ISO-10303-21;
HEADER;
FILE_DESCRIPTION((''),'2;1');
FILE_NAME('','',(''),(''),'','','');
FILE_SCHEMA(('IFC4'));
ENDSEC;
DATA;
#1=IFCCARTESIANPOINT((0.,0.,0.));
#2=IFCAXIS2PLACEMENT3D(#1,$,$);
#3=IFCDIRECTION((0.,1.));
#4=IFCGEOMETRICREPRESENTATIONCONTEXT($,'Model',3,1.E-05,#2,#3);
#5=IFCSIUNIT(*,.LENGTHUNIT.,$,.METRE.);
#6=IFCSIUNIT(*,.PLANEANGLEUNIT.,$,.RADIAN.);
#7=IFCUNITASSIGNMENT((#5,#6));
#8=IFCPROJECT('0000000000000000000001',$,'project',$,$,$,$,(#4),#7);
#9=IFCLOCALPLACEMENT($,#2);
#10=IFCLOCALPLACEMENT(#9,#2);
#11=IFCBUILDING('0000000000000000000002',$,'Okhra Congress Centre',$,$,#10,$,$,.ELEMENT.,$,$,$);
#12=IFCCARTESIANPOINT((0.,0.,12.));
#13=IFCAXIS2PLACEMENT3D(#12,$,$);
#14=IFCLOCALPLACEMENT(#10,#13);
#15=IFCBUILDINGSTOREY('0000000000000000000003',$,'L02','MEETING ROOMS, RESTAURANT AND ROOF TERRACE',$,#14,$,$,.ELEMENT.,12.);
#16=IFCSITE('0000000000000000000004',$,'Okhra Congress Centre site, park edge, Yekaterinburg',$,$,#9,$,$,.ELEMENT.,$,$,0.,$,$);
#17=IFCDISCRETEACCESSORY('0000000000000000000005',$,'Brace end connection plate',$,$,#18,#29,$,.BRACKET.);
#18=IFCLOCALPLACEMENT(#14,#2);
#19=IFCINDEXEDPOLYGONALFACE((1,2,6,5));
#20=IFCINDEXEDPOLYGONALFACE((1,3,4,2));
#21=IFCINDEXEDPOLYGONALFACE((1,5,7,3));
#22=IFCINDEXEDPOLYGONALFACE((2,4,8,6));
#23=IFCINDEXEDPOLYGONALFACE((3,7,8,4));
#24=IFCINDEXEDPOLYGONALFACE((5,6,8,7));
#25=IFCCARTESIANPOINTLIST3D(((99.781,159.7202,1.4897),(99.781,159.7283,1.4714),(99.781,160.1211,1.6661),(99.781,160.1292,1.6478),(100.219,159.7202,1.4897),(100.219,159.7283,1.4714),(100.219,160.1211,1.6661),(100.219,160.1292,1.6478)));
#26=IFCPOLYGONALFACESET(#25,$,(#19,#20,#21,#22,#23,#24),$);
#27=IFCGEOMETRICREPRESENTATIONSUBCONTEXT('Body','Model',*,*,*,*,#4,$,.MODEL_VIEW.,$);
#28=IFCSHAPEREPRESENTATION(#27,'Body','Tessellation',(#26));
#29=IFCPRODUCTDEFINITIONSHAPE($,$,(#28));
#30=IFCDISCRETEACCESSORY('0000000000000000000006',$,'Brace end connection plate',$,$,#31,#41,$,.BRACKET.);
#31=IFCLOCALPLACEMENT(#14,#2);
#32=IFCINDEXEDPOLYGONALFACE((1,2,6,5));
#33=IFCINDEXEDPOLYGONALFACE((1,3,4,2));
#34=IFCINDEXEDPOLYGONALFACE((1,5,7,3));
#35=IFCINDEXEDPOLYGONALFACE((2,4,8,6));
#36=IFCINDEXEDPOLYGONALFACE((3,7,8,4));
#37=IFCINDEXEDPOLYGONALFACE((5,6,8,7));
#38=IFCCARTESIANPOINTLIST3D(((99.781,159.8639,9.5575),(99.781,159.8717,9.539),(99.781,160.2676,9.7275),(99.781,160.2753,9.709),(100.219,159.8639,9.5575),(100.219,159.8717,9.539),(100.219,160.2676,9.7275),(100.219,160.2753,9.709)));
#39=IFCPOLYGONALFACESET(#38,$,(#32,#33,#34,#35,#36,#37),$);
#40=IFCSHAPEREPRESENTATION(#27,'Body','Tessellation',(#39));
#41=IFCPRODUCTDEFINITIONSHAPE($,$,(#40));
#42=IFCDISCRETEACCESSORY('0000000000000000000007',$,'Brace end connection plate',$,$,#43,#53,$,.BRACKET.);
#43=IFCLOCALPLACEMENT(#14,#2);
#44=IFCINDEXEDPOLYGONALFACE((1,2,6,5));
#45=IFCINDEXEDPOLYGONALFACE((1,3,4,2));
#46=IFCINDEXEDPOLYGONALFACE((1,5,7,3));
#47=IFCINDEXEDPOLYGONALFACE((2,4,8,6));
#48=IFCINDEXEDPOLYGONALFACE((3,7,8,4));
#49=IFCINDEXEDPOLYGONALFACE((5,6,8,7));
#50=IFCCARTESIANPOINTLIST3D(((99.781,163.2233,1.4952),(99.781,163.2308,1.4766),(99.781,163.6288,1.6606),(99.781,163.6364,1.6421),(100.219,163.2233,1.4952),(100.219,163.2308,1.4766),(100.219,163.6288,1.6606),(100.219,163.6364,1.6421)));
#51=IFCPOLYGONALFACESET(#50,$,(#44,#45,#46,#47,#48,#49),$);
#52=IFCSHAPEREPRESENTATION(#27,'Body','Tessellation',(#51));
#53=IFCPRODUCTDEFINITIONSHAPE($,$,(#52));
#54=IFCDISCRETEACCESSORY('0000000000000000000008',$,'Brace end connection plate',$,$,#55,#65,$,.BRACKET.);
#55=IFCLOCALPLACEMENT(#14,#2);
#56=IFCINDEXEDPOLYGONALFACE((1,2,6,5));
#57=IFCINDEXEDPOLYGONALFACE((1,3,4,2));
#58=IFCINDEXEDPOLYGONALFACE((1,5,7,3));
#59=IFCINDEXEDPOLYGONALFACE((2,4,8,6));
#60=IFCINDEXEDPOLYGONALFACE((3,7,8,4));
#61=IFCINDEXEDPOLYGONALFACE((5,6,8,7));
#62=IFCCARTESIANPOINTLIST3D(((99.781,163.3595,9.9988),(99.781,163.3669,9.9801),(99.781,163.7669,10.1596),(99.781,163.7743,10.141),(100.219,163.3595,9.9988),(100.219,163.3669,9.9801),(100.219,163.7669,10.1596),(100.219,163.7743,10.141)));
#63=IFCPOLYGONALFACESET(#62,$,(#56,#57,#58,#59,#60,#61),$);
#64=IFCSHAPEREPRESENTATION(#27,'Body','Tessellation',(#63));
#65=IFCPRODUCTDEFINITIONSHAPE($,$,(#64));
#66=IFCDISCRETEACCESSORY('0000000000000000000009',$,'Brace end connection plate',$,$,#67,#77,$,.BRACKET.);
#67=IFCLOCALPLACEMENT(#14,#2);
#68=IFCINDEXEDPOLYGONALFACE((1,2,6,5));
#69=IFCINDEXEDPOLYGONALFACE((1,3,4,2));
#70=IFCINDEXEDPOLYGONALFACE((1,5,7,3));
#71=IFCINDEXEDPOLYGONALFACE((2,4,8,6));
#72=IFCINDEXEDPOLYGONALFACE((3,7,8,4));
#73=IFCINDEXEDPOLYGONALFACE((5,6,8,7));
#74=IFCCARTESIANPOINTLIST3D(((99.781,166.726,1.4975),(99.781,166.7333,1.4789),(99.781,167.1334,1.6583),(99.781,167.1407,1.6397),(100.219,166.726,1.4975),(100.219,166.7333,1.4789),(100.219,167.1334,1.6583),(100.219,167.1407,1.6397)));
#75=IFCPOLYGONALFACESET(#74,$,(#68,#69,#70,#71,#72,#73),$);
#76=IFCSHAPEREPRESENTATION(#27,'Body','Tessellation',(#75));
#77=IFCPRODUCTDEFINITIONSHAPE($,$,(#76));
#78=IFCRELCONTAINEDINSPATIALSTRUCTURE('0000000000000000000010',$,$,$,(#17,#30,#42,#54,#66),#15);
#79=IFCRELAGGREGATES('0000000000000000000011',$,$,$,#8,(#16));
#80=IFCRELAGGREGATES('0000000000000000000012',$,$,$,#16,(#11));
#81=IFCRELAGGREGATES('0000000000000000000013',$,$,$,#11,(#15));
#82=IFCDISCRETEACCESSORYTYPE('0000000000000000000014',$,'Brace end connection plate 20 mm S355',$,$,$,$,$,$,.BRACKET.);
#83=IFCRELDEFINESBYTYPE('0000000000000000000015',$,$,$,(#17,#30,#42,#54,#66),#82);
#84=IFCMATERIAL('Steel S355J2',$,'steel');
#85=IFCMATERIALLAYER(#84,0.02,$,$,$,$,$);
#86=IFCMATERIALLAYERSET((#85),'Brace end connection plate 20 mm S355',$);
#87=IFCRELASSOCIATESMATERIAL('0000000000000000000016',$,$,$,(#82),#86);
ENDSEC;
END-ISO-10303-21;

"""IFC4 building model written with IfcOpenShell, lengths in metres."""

from ifc_helpers import new_model, si_unit, direction, frame, origin, origin_2d, place, context, subcontext, project, spatial, rectangle, extrude, material, layer, layer_set, type_object, element, save


model = new_model("IFC4")

# Units and contexts
model_context = context("Model", 3, precision=1e-05, world=origin(), true_north=direction((0.0, 1.0)))
body_context = subcontext(model_context, "Body", "Model", "MODEL_VIEW")
ifc_project = project(units=[si_unit("LENGTHUNIT", "METRE"), si_unit("PLANEANGLEUNIT", "RADIAN")], contexts=[model_context])

# Site, building, storey
site_placement = place(None, origin())
site = spatial("IfcSite", under=ifc_project, at=site_placement, Name="Okhra Congress Centre site, park edge, Yekaterinburg", CompositionType="ELEMENT", RefElevation=0.0)
building_placement = place(site_placement, origin())
building = spatial("IfcBuilding", under=site, at=building_placement, Name="Okhra Congress Centre", CompositionType="ELEMENT")
storey_placement = place(building_placement, frame((0.0, 0.0, 12.0)))
storey = spatial("IfcBuildingStorey", under=building, at=storey_placement, Name="L02", Description="MEETING ROOMS, RESTAURANT AND ROOF TERRACE", CompositionType="ELEMENT", Elevation=12.0)

# Discrete accessories
ifc_material_1 = material(Name="Steel S355J2", Category="steel")
ifc_layer = layer(ifc_material_1, 0.02)
ifc_layer_set = layer_set([ifc_layer], Name="Brace end connection plate 20 mm S355")
discrete_accessory_type = type_object("IfcDiscreteAccessoryType", Name="Brace end connection plate 20 mm S355", PredefinedType="BRACKET", material=ifc_layer_set)
for number, where, z_axis, x_axis, name in (
    (1, (100.0, 159.9207, 1.5779), (0.0, 0.402739, -0.915315), (-1.0, 0.0, 0.0), "Brace end connection plate"),
    (2, (100.0, 160.0735, 9.624), (0.0, -0.388057, 0.921635), (1.0, 0.0, 0.0), "Brace end connection plate"),
    (3, (100.0, 163.426, 1.5779), (0.0, 0.377684, -0.925935), (-1.0, 0.0, 0.0), "Brace end connection plate"),
    (4, (100.0, 163.5706, 10.0605), (0.0, -0.367167, 0.930155), (1.0, 0.0, 0.0), "Brace end connection plate"),
    (5, (100.0, 166.9297, 1.5779), (0.0, 0.367167, -0.930155), (-1.0, 0.0, 0.0), "Brace end connection plate"),
):
    element("IfcDiscreteAccessory", number, at=place(storey_placement, frame(where, z_axis=z_axis, x_axis=x_axis)), inside=storey, type_object=discrete_accessory_type, Name=name, PredefinedType="BRACKET", context=body_context, shape_type="SweptSolid", body=[
        extrude(rectangle(XDim=0.438, YDim=0.438, at=origin_2d()), origin(), (0.0, 0.0, 1.0), 0.02),
    ])

save(model, "model.ifc")
